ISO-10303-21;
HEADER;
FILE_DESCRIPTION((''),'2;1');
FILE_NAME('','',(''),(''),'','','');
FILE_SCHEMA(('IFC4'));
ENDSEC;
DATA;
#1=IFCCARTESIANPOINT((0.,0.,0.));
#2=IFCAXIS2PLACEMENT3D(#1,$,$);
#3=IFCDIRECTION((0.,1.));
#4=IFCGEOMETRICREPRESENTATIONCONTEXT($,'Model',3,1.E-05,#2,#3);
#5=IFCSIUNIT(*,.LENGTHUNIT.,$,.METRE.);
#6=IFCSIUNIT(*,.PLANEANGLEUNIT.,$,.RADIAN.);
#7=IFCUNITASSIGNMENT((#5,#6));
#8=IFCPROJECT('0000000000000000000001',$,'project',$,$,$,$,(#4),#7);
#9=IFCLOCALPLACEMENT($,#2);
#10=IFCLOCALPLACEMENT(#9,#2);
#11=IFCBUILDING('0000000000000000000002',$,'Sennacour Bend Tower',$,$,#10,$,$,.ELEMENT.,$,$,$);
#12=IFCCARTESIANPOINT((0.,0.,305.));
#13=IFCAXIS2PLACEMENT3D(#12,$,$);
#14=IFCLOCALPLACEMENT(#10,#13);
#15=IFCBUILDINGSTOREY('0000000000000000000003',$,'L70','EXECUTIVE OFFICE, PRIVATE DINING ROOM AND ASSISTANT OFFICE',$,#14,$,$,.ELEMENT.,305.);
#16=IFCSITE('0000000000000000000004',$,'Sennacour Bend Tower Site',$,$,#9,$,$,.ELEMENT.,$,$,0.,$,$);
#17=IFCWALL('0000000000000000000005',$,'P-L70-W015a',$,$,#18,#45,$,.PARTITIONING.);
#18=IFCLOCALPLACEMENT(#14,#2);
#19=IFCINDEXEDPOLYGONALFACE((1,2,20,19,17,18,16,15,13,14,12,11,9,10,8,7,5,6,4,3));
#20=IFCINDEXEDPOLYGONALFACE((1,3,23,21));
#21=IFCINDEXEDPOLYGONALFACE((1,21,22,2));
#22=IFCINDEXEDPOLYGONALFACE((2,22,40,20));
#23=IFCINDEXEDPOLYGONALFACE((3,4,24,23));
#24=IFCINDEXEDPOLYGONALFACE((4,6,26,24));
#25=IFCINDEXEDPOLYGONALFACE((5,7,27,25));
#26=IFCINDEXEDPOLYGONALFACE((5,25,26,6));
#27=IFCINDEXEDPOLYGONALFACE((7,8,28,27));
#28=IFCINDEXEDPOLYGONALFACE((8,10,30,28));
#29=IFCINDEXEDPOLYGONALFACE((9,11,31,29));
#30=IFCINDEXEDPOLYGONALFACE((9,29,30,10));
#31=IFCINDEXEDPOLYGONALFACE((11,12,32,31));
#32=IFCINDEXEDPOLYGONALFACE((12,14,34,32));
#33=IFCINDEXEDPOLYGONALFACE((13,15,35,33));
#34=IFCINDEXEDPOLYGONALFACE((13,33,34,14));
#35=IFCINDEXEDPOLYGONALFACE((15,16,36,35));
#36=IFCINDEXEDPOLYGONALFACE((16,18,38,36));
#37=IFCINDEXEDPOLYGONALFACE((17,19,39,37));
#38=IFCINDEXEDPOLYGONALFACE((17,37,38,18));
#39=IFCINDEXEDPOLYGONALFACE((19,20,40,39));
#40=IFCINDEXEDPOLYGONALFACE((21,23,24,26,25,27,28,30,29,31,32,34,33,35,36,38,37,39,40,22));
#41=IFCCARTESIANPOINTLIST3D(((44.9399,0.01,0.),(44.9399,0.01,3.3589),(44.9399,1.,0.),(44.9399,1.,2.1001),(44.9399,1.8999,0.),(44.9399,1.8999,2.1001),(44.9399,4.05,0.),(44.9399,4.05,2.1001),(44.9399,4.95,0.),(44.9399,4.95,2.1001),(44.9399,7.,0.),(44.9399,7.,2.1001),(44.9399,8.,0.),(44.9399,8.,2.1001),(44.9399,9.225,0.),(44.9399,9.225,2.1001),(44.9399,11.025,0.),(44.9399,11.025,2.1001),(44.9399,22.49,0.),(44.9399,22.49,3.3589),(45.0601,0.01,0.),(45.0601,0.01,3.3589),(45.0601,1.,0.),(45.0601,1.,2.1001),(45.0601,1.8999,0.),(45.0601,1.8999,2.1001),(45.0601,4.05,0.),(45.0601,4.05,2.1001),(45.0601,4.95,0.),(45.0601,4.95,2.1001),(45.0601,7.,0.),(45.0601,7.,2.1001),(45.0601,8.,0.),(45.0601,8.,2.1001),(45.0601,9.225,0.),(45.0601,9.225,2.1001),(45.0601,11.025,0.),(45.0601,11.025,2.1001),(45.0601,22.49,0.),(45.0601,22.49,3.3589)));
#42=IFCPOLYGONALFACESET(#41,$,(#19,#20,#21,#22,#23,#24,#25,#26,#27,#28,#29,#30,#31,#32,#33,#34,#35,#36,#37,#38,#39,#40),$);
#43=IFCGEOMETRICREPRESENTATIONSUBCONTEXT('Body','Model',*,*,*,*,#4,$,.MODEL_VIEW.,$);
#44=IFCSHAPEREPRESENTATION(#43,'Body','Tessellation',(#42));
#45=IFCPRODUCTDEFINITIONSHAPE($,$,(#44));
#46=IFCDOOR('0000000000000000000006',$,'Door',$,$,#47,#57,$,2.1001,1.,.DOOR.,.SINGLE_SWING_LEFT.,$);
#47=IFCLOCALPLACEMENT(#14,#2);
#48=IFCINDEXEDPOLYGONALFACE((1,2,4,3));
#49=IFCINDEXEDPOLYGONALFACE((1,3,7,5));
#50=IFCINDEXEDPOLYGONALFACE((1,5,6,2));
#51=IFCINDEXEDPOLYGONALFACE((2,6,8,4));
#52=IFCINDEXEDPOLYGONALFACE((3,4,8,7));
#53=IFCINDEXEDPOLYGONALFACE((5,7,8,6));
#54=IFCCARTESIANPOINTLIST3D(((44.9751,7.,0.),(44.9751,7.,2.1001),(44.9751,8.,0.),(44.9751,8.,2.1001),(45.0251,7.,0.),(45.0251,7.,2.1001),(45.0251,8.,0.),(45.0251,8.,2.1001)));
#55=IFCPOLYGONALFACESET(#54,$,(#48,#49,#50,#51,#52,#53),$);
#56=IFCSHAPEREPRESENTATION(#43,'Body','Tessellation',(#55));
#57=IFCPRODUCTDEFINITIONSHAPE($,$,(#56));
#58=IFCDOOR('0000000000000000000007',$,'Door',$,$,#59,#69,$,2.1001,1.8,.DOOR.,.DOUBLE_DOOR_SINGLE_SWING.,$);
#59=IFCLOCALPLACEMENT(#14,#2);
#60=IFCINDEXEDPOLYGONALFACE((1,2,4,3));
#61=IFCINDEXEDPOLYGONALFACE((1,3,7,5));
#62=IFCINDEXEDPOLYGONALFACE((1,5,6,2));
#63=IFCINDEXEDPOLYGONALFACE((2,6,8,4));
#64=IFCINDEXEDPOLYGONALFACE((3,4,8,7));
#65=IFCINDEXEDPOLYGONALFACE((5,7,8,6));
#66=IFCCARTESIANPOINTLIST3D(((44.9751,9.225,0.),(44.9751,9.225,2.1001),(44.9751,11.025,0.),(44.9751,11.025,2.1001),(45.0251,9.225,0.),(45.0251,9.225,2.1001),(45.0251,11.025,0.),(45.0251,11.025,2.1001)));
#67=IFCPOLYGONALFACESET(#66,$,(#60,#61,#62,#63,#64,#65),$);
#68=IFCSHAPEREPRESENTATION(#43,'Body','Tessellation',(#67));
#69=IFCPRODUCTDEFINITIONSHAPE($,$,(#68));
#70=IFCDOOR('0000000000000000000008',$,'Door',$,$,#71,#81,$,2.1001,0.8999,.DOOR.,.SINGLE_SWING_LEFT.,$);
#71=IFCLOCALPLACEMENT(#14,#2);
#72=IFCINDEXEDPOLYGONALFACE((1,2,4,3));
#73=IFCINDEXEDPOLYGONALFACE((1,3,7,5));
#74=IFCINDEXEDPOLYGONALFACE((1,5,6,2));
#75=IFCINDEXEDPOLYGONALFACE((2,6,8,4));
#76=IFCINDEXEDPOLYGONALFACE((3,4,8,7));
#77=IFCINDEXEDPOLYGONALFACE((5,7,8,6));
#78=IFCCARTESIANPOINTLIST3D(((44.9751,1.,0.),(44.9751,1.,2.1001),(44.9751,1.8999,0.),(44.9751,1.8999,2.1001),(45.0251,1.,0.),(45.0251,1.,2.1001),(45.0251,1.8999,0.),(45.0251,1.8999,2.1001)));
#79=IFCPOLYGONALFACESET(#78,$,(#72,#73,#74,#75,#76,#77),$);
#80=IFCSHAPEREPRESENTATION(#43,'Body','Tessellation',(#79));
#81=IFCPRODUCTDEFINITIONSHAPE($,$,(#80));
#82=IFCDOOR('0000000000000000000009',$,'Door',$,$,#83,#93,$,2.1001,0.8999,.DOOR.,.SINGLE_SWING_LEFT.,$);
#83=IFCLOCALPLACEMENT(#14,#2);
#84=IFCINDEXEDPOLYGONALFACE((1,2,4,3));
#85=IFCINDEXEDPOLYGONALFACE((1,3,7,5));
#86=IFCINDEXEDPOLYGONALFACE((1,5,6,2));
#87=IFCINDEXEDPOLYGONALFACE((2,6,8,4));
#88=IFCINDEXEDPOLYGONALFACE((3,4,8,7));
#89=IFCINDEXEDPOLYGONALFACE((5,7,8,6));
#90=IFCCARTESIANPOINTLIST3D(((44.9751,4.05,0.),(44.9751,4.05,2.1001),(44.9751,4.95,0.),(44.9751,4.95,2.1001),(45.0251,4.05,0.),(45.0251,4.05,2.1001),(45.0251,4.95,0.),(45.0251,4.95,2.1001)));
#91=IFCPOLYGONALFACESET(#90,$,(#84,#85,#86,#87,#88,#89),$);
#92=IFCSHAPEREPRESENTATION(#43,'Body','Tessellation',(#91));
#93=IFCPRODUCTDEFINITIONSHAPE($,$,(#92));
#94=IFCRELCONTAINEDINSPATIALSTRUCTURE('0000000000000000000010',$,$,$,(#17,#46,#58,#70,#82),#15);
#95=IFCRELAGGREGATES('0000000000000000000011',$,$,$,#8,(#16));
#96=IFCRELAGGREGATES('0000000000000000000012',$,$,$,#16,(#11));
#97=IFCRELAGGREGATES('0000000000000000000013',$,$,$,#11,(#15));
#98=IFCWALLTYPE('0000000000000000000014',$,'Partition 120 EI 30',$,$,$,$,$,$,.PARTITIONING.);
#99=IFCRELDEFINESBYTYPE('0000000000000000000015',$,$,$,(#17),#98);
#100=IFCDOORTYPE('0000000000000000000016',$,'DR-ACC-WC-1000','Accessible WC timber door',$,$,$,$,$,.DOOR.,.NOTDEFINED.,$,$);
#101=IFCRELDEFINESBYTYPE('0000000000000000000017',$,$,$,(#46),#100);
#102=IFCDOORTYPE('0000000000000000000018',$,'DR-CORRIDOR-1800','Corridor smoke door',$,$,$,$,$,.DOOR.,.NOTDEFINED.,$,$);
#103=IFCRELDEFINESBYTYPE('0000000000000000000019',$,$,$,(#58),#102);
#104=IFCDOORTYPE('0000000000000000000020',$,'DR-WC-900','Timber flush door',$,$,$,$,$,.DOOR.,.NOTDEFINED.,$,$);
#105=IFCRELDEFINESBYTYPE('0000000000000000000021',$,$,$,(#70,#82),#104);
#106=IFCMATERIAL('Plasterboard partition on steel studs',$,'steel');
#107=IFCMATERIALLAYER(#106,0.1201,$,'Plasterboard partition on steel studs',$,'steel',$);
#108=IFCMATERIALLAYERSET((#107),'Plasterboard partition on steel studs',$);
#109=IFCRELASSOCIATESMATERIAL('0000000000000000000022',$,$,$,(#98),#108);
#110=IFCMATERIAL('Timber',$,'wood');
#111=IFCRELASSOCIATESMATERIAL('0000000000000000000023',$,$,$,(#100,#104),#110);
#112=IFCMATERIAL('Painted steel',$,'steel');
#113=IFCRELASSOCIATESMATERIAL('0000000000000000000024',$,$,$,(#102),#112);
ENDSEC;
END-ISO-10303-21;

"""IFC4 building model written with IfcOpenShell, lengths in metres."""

from ifc_helpers import new_model, si_unit, direction, frame, frame_2d, origin, place, context, subcontext, project, spatial, rectangle, extrude, material, layer, layer_set, type_object, element, fill, save


model = new_model("IFC4")

# Units and contexts
model_context = context("Model", 3, precision=1e-05, world=origin(), true_north=direction((0.0, 1.0)))
body_context = subcontext(model_context, "Body", "Model", "MODEL_VIEW")
ifc_project = project(units=[si_unit("LENGTHUNIT", "METRE"), si_unit("PLANEANGLEUNIT", "RADIAN")], contexts=[model_context])

# Site, building, storey
site_placement = place(None, origin())
site = spatial("IfcSite", under=ifc_project, at=site_placement, Name="Sennacour Bend Tower Site", CompositionType="ELEMENT", RefElevation=0.0)
building_placement = place(site_placement, origin())
building = spatial("IfcBuilding", under=site, at=building_placement, Name="Sennacour Bend Tower", CompositionType="ELEMENT")
storey_placement = place(building_placement, frame((0.0, 0.0, 305.0)))
storey = spatial("IfcBuildingStorey", under=building, at=storey_placement, Name="L70", Description="EXECUTIVE OFFICE, PRIVATE DINING ROOM AND ASSISTANT OFFICE", CompositionType="ELEMENT", Elevation=305.0)

# Shared definitions
ifc_material_1 = material(Name="Plasterboard partition on steel studs", Category="steel")

# Wall, openings, doors
ifc_layer_1 = layer(ifc_material_1, 0.1201, Name="Plasterboard partition on steel studs", Category="steel")
ifc_layer_set_1 = layer_set([ifc_layer_1], Name="Plasterboard partition on steel studs")
wall_type_1 = type_object("IfcWallType", Name="Partition 120 EI 30", PredefinedType="PARTITIONING", material=ifc_layer_set_1)
wall_1_placement = place(storey_placement, frame((45.0, 0.01, 0.0), z_axis=(0.0, 0.0, 1.0), x_axis=(0.0, 1.0, 0.0)))
wall_1 = element("IfcWall", 1, at=wall_1_placement, inside=storey, type_object=wall_type_1, Name="P-L70-W015a", PredefinedType="PARTITIONING", context=body_context, shape_type="SweptSolid", body=[
    extrude(rectangle(XDim=22.48, YDim=0.1201, at=frame_2d((11.24, 0.0))), origin(), (0.0, 0.0, 1.0), 3.3589),
])
opening_1_placement = place(wall_1_placement, frame((9.2151, 0.0, 0.0)))
opening_1 = element("IfcOpeningElement", 2, at=opening_1_placement, cuts=wall_1, PredefinedType="OPENING", context=body_context, shape_type="SweptSolid", body=[
    extrude(rectangle(XDim=1.8, YDim=2.1001, at=frame_2d((0.8999, 1.05))), frame((0.0, 0.0701, 0.0), z_axis=(0.0, -1.0, 0.0), x_axis=(1.0, 0.0, 0.0)), (0.0, 0.0, 1.0), 0.1401),
])
opening_2_placement = place(wall_1_placement, frame((0.99, 0.0, 0.0)))
opening_2 = element("IfcOpeningElement", 3, at=opening_2_placement, cuts=wall_1, PredefinedType="OPENING", context=body_context, shape_type="SweptSolid", body=[
    extrude(rectangle(XDim=0.8999, YDim=2.1001, at=frame_2d((0.45, 1.05))), frame((0.0, 0.0701, 0.0), z_axis=(0.0, -1.0, 0.0), x_axis=(1.0, 0.0, 0.0)), (0.0, 0.0, 1.0), 0.1401),
])
opening_3_placement = place(wall_1_placement, frame((4.04, 0.0, 0.0)))
opening_3 = element("IfcOpeningElement", 4, at=opening_3_placement, cuts=wall_1, PredefinedType="OPENING", context=body_context, shape_type="SweptSolid", body=[
    extrude(rectangle(XDim=0.8999, YDim=2.1001, at=frame_2d((0.45, 1.05))), frame((0.0, 0.0701, 0.0), z_axis=(0.0, -1.0, 0.0), x_axis=(1.0, 0.0, 0.0)), (0.0, 0.0, 1.0), 0.1401),
])
opening_4_placement = place(wall_1_placement, frame((6.99, 0.0, 0.0)))
opening_4 = element("IfcOpeningElement", 5, at=opening_4_placement, cuts=wall_1, PredefinedType="OPENING", context=body_context, shape_type="SweptSolid", body=[
    extrude(rectangle(XDim=1.0, YDim=2.1001, at=frame_2d((0.5, 1.05))), frame((0.0, 0.0701, 0.0), z_axis=(0.0, -1.0, 0.0), x_axis=(1.0, 0.0, 0.0)), (0.0, 0.0, 1.0), 0.1401),
])
ifc_material_2 = material(Name="Timber", Category="wood")
door_type_1 = type_object("IfcDoorType", Name="DR-ACC-WC-1000", Description="Accessible WC timber door", OperationType="NOTDEFINED", PredefinedType="DOOR", material=ifc_material_2)
door_1_placement = place(opening_4_placement, origin())
door_1 = element("IfcDoor", 6, at=door_1_placement, inside=storey, type_object=door_type_1, Name="Door", OperationType="SINGLE_SWING_LEFT", OverallHeight=2.1001, OverallWidth=1.0, PredefinedType="DOOR", context=body_context, shape_type="SweptSolid", body=[
    extrude(rectangle(XDim=1.0, YDim=2.1001, at=frame_2d((0.5, 1.05))), frame((0.0, 0.0249, 0.0), z_axis=(0.0, -1.0, 0.0), x_axis=(1.0, 0.0, 0.0)), (0.0, 0.0, 1.0), 0.05),
])
fill(opening_4, door_1)
ifc_material_3 = material(Name="Painted steel", Category="steel")
door_type_2 = type_object("IfcDoorType", Name="DR-CORRIDOR-1800", Description="Corridor smoke door", OperationType="NOTDEFINED", PredefinedType="DOOR", material=ifc_material_3)
door_2_placement = place(opening_1_placement, origin())
door_2 = element("IfcDoor", 7, at=door_2_placement, inside=storey, type_object=door_type_2, Name="Door", OperationType="DOUBLE_DOOR_SINGLE_SWING", OverallHeight=2.1001, OverallWidth=1.8, PredefinedType="DOOR", context=body_context, shape_type="SweptSolid", body=[
    extrude(rectangle(XDim=1.8, YDim=2.1001, at=frame_2d((0.8999, 1.05))), frame((0.0, 0.0249, 0.0), z_axis=(0.0, -1.0, 0.0), x_axis=(1.0, 0.0, 0.0)), (0.0, 0.0, 1.0), 0.05),
])
fill(opening_1, door_2)
door_type_3 = type_object("IfcDoorType", Name="DR-WC-900", Description="Timber flush door", OperationType="NOTDEFINED", PredefinedType="DOOR", material=ifc_material_2)
door_3_placement = place(opening_2_placement, origin())
door_3 = element("IfcDoor", 8, at=door_3_placement, inside=storey, type_object=door_type_3, Name="Door", OperationType="SINGLE_SWING_LEFT", OverallHeight=2.1001, OverallWidth=0.8999, PredefinedType="DOOR", context=body_context, shape_type="SweptSolid", body=[
    extrude(rectangle(XDim=0.8999, YDim=2.1001, at=frame_2d((0.45, 1.05))), frame((0.0, 0.0249, 0.0), z_axis=(0.0, -1.0, 0.0), x_axis=(1.0, 0.0, 0.0)), (0.0, 0.0, 1.0), 0.05),
])
fill(opening_2, door_3)
door_4_placement = place(opening_3_placement, origin())
door_4 = element("IfcDoor", 9, at=door_4_placement, inside=storey, type_object=door_type_3, Name="Door", OperationType="SINGLE_SWING_LEFT", OverallHeight=2.1001, OverallWidth=0.8999, PredefinedType="DOOR", context=body_context, shape_type="SweptSolid", body=[
    extrude(rectangle(XDim=0.8999, YDim=2.1001, at=frame_2d((0.45, 1.05))), frame((0.0, 0.0249, 0.0), z_axis=(0.0, -1.0, 0.0), x_axis=(1.0, 0.0, 0.0)), (0.0, 0.0, 1.0), 0.05),
])
fill(opening_3, door_4)

save(model, "model.ifc")
